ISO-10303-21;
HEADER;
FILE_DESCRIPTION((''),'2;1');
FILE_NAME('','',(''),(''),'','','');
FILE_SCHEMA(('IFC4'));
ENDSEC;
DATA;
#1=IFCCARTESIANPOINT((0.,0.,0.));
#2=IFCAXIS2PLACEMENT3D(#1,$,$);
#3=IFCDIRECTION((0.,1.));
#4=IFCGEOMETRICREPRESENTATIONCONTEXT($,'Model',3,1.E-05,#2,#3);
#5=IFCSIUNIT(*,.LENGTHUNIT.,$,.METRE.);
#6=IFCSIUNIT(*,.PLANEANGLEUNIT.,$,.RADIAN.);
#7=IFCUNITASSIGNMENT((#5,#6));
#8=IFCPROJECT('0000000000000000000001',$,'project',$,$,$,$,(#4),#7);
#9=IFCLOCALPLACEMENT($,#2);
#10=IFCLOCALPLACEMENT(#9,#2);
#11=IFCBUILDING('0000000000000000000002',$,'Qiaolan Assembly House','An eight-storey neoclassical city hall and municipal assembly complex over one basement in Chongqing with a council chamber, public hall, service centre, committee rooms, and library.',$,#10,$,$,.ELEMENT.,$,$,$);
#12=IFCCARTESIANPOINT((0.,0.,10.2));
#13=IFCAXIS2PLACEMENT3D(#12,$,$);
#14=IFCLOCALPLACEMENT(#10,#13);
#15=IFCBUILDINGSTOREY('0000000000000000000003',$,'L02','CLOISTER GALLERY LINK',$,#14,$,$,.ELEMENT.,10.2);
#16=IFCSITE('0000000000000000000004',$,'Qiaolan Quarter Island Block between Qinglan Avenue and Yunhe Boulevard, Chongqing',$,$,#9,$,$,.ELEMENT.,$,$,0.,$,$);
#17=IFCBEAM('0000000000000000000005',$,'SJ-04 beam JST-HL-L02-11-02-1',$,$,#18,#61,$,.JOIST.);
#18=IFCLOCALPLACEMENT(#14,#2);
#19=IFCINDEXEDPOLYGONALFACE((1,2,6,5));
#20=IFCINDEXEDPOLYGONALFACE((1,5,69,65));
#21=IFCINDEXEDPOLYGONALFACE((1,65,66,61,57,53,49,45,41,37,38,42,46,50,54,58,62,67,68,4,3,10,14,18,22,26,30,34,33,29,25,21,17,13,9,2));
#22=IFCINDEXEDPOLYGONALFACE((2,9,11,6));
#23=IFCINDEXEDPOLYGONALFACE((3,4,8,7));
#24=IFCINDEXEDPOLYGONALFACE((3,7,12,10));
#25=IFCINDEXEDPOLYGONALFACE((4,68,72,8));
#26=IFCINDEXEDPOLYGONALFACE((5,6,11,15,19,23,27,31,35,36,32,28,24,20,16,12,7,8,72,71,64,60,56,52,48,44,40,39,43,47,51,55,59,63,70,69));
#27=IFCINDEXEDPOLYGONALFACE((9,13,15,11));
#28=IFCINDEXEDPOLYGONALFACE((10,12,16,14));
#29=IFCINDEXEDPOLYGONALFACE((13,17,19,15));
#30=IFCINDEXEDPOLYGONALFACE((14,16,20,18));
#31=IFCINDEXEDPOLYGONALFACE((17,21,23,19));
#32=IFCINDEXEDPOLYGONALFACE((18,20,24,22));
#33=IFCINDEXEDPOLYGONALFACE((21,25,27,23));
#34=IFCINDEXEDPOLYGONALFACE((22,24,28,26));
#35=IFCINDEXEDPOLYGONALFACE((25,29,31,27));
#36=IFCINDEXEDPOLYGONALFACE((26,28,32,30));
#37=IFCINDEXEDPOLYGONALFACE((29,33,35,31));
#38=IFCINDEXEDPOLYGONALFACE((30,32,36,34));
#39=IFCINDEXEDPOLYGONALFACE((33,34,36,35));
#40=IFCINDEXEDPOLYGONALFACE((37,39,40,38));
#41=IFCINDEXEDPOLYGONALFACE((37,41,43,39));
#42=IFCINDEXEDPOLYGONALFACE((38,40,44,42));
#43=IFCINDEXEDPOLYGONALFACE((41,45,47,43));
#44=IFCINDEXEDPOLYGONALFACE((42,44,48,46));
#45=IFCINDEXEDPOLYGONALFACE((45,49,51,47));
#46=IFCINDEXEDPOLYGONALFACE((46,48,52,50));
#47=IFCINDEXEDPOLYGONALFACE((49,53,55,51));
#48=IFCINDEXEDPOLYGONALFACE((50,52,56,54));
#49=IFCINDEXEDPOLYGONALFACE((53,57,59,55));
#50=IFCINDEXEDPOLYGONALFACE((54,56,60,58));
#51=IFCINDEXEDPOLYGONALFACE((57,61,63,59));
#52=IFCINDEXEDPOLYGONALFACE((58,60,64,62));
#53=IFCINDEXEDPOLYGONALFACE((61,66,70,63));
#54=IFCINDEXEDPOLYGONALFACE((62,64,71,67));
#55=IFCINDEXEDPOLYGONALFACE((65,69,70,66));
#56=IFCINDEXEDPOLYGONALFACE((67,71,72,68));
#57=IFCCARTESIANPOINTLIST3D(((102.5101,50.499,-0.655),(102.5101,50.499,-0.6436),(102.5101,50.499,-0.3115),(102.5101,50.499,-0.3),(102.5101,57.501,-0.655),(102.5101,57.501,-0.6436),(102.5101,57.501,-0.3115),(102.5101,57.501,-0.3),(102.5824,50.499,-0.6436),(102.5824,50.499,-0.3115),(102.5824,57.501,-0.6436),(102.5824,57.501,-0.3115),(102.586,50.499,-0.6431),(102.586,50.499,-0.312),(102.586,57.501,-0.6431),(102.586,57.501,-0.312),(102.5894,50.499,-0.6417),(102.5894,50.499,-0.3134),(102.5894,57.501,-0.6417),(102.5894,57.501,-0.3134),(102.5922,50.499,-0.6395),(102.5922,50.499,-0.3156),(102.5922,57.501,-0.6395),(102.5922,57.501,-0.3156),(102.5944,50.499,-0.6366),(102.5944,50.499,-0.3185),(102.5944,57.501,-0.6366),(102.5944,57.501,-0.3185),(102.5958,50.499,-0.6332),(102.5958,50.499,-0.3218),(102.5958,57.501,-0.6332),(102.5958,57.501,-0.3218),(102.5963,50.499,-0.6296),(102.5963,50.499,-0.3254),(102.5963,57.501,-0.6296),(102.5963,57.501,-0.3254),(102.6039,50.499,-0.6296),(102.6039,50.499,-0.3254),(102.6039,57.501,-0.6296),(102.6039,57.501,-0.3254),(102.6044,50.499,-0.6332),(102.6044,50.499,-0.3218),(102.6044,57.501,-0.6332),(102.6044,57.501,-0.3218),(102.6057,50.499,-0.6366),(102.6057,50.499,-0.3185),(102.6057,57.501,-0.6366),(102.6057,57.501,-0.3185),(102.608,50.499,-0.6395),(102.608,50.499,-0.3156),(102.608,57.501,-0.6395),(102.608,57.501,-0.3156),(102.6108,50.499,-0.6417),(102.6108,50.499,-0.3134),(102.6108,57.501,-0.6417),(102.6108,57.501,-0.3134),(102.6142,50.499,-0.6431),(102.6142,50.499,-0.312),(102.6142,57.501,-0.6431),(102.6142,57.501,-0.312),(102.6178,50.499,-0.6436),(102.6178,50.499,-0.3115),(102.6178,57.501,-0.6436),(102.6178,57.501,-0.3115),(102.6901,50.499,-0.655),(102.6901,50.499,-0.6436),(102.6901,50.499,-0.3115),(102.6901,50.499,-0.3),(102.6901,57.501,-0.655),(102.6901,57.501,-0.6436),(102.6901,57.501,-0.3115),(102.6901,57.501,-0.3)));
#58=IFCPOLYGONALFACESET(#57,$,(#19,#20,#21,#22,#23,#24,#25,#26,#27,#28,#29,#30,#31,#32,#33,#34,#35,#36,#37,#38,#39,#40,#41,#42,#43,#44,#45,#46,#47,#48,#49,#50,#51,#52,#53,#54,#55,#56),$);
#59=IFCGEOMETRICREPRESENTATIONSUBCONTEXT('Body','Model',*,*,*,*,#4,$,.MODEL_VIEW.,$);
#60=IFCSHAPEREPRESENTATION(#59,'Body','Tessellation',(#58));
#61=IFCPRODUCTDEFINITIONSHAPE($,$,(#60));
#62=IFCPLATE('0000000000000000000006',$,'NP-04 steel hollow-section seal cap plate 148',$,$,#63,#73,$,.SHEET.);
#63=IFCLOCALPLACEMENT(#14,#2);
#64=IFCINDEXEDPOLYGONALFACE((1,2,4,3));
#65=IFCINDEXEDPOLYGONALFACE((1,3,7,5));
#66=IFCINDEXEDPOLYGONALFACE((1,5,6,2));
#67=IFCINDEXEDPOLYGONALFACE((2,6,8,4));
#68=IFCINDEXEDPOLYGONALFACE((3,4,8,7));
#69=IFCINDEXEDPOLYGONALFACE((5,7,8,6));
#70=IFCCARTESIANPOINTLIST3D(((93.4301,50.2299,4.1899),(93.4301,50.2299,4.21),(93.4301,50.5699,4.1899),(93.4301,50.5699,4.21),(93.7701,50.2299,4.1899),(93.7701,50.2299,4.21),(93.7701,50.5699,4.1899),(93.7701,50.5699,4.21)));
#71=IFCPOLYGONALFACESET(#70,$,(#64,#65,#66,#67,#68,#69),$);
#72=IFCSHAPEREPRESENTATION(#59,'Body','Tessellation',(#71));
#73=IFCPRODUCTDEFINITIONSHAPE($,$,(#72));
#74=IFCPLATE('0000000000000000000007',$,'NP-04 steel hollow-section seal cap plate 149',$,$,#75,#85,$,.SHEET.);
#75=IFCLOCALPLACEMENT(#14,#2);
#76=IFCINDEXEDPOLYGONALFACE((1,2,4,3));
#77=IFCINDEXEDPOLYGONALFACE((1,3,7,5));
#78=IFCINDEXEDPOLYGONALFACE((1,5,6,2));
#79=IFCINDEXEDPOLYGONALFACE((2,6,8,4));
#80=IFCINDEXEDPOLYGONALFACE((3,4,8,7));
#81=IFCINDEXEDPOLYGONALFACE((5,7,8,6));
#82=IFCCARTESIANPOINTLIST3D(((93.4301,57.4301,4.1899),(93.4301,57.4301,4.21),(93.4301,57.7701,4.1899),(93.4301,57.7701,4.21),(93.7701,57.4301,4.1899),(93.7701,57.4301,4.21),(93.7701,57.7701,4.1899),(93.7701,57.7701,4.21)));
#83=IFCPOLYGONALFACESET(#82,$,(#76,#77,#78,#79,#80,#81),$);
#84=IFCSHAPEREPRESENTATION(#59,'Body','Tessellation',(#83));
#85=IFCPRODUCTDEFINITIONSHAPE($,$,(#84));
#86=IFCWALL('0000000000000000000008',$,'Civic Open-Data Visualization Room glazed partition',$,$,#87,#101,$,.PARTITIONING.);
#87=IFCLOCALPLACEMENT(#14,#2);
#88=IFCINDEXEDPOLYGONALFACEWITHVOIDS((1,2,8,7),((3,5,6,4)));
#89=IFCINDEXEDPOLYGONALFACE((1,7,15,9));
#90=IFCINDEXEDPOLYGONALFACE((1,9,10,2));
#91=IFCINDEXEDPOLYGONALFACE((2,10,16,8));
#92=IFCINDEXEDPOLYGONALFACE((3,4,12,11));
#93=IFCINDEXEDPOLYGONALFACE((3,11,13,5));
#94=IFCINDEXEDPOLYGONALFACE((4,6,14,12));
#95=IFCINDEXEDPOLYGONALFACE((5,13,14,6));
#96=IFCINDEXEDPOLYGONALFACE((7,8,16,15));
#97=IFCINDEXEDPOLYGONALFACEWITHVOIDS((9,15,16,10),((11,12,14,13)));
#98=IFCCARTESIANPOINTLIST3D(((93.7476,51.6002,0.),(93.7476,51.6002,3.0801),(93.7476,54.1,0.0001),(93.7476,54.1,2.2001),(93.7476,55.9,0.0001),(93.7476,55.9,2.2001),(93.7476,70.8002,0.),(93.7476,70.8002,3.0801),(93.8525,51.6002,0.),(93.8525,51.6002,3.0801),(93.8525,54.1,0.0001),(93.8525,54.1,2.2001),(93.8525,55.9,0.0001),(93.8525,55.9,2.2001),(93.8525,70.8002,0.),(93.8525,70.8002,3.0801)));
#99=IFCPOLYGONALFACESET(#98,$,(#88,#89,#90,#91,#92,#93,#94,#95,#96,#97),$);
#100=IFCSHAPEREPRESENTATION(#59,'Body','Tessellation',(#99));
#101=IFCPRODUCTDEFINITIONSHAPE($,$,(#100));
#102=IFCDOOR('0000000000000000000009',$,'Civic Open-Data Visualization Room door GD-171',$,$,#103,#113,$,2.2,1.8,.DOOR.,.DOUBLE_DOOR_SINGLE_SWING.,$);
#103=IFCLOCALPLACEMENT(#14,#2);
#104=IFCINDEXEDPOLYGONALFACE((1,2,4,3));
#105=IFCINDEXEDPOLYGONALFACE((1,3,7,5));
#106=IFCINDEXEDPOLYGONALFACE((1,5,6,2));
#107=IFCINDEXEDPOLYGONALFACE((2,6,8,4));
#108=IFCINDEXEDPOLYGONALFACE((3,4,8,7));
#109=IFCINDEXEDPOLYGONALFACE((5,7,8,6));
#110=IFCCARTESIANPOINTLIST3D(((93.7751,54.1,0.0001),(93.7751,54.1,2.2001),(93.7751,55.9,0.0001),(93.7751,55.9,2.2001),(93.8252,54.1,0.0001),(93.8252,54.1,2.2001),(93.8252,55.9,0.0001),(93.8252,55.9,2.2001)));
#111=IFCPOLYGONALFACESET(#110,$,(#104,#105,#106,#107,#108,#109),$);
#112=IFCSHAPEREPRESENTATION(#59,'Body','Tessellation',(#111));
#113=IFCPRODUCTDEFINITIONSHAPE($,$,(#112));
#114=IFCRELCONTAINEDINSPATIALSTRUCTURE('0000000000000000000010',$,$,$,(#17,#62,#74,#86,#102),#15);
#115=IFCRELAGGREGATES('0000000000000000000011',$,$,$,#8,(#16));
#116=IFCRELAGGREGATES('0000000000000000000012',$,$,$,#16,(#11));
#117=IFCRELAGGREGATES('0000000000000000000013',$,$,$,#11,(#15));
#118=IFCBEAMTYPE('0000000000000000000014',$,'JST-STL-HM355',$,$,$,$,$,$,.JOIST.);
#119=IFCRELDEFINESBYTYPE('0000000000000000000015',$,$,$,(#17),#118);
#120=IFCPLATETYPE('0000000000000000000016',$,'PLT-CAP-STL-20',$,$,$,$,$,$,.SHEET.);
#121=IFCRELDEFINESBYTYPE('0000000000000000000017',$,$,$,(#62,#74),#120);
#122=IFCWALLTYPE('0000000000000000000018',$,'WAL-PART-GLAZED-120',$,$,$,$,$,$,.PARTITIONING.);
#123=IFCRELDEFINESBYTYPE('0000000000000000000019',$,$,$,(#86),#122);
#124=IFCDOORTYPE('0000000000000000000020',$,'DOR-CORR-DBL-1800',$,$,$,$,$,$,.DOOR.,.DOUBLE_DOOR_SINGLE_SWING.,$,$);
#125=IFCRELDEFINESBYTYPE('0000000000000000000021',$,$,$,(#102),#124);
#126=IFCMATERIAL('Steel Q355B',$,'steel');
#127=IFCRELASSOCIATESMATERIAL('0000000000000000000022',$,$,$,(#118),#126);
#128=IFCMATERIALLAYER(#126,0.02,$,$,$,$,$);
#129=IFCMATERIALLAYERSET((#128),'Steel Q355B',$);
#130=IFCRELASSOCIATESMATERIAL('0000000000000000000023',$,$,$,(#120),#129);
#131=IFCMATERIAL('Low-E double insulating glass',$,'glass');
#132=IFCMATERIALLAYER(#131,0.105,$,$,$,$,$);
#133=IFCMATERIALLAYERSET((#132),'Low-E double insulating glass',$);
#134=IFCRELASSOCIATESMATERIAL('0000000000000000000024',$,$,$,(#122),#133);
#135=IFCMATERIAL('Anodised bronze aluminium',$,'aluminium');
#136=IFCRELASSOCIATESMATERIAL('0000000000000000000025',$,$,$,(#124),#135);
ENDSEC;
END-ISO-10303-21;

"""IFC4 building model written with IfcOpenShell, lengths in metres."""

from ifc_helpers import new_model, si_unit, direction, frame, frame_2d, origin, origin_2d, place, context, subcontext, project, spatial, rectangle, i_section, extrude, material, layer, layer_set, material_profile, profile_set, type_object, element, fill, save


model = new_model("IFC4")

# Units and contexts
model_context = context("Model", 3, precision=1e-05, world=origin(), true_north=direction((0.0, 1.0)))
body_context = subcontext(model_context, "Body", "Model", "MODEL_VIEW")
ifc_project = project(units=[si_unit("LENGTHUNIT", "METRE"), si_unit("PLANEANGLEUNIT", "RADIAN")], contexts=[model_context])

# Site, building, storey
site_placement = place(None, origin())
site = spatial("IfcSite", under=ifc_project, at=site_placement, Name="Qiaolan Quarter Island Block between Qinglan Avenue and Yunhe Boulevard, Chongqing", CompositionType="ELEMENT", RefElevation=0.0)
building_placement = place(site_placement, origin())
building = spatial("IfcBuilding", under=site, at=building_placement, Name="Qiaolan Assembly House", Description="An eight-storey neoclassical city hall and municipal assembly complex over one basement in Chongqing with a council chamber, public hall, service centre, committee rooms, and library.", CompositionType="ELEMENT")
storey_placement = place(building_placement, frame((0.0, 0.0, 10.2)))
storey = spatial("IfcBuildingStorey", under=building, at=storey_placement, Name="L02", Description="CLOISTER GALLERY LINK", CompositionType="ELEMENT", Elevation=10.2)

# Shared definitions
ifc_material_1 = material(Name="Steel Q355B", Category="steel")

# Beam
ifc_material_profile_1 = material_profile(ifc_material_1, i_section(OverallWidth=0.1799, OverallDepth=0.355, WebThickness=0.0076, FlangeThickness=0.0115, FilletRadius=0.0139, at=origin_2d()), Name="HM 355x180x7.5x11.5")
ifc_profile_set_1 = profile_set([ifc_material_profile_1], Name="Steel Q355B")
beam_type_1 = type_object("IfcBeamType", Name="JST-STL-HM355", PredefinedType="JOIST", material=ifc_profile_set_1)
for number, where, z_axis, x_axis, name in (
    (1, (102.6001, 50.499, -0.4775), (0.0, 1.0, 0.0), (-1.0, 0.0, 0.0), "SJ-04 beam JST-HL-L02-11-02-1"),
):
    element("IfcBeam", number, at=place(storey_placement, frame(where, z_axis=z_axis, x_axis=x_axis)), inside=storey, type_object=beam_type_1, Name=name, PredefinedType="JOIST", context=body_context, shape_type="SweptSolid", body=[
        extrude(i_section(OverallWidth=0.1799, OverallDepth=0.355, WebThickness=0.0076, FlangeThickness=0.0115, FilletRadius=0.0139, at=origin_2d()), origin(), (0.0, 0.0, 1.0), 7.002),
    ])

# Plates
ifc_layer_1 = layer(ifc_material_1, 0.02)
ifc_layer_set_1 = layer_set([ifc_layer_1], Name="Steel Q355B")
plate_type = type_object("IfcPlateType", Name="PLT-CAP-STL-20", PredefinedType="SHEET", material=ifc_layer_set_1)
for number, where, z_axis, x_axis, name in (
    (2, (93.6001, 50.3999, 4.1899), (0.0, 0.0, 1.0), (1.0, 0.0, 0.0), "NP-04 steel hollow-section seal cap plate 148"),
    (3, (93.6001, 57.6001, 4.1899), (0.0, 0.0, 1.0), (1.0, 0.0, 0.0), "NP-04 steel hollow-section seal cap plate 149"),
):
    element("IfcPlate", number, at=place(storey_placement, frame(where, z_axis=z_axis, x_axis=x_axis)), inside=storey, type_object=plate_type, Name=name, PredefinedType="SHEET", context=body_context, shape_type="SweptSolid", body=[
        extrude(rectangle(XDim=0.3401, YDim=0.3401, at=origin_2d()), origin(), (0.0, 0.0, 1.0), 0.02),
    ])

# Wall, opening, door
ifc_material_2 = material(Name="Low-E double insulating glass", Category="glass")
ifc_layer_2 = layer(ifc_material_2, 0.105)
ifc_layer_set_2 = layer_set([ifc_layer_2], Name="Low-E double insulating glass")
wall_type = type_object("IfcWallType", Name="WAL-PART-GLAZED-120", PredefinedType="PARTITIONING", material=ifc_layer_set_2)
wall_placement = place(storey_placement, frame((93.8, 51.6001, 0.0), z_axis=(0.0, 0.0, 1.0), x_axis=(0.0, 1.0, 0.0)))
wall = element("IfcWall", 4, at=wall_placement, inside=storey, type_object=wall_type, Name="Civic Open-Data Visualization Room glazed partition", PredefinedType="PARTITIONING", context=body_context, shape_type="SweptSolid", body=[
    extrude(rectangle(XDim=19.2, YDim=0.105, at=frame_2d((9.6001, 0.0))), origin(), (0.0, 0.0, 1.0), 3.0801),
])
opening_placement = place(wall_placement, frame((2.5, 0.0, 0.0)))
opening = element("IfcOpeningElement", 5, at=opening_placement, cuts=wall, PredefinedType="OPENING", context=body_context, shape_type="SweptSolid", body=[
    extrude(rectangle(XDim=1.8, YDim=2.2, at=frame_2d((0.8999, 1.1001))), frame((0.0, 0.0625, 0.0), z_axis=(0.0, -1.0, 0.0), x_axis=(1.0, 0.0, 0.0)), (0.0, 0.0, 1.0), 0.125),
])
ifc_material_3 = material(Name="Anodised bronze aluminium", Category="aluminium")
door_type = type_object("IfcDoorType", Name="DOR-CORR-DBL-1800", OperationType="DOUBLE_DOOR_SINGLE_SWING", PredefinedType="DOOR", material=ifc_material_3)
door_placement = place(opening_placement, origin())
door = element("IfcDoor", 6, at=door_placement, inside=storey, type_object=door_type, Name="Civic Open-Data Visualization Room door GD-171", OperationType="DOUBLE_DOOR_SINGLE_SWING", OverallHeight=2.2, OverallWidth=1.8, PredefinedType="DOOR", context=body_context, shape_type="SweptSolid", body=[
    extrude(rectangle(XDim=1.8, YDim=2.2, at=frame_2d((0.8999, 1.1001))), frame((0.0, 0.0249, 0.0), z_axis=(0.0, -1.0, 0.0), x_axis=(1.0, 0.0, 0.0)), (0.0, 0.0, 1.0), 0.05),
])
fill(opening, door)

save(model, "model.ifc")
